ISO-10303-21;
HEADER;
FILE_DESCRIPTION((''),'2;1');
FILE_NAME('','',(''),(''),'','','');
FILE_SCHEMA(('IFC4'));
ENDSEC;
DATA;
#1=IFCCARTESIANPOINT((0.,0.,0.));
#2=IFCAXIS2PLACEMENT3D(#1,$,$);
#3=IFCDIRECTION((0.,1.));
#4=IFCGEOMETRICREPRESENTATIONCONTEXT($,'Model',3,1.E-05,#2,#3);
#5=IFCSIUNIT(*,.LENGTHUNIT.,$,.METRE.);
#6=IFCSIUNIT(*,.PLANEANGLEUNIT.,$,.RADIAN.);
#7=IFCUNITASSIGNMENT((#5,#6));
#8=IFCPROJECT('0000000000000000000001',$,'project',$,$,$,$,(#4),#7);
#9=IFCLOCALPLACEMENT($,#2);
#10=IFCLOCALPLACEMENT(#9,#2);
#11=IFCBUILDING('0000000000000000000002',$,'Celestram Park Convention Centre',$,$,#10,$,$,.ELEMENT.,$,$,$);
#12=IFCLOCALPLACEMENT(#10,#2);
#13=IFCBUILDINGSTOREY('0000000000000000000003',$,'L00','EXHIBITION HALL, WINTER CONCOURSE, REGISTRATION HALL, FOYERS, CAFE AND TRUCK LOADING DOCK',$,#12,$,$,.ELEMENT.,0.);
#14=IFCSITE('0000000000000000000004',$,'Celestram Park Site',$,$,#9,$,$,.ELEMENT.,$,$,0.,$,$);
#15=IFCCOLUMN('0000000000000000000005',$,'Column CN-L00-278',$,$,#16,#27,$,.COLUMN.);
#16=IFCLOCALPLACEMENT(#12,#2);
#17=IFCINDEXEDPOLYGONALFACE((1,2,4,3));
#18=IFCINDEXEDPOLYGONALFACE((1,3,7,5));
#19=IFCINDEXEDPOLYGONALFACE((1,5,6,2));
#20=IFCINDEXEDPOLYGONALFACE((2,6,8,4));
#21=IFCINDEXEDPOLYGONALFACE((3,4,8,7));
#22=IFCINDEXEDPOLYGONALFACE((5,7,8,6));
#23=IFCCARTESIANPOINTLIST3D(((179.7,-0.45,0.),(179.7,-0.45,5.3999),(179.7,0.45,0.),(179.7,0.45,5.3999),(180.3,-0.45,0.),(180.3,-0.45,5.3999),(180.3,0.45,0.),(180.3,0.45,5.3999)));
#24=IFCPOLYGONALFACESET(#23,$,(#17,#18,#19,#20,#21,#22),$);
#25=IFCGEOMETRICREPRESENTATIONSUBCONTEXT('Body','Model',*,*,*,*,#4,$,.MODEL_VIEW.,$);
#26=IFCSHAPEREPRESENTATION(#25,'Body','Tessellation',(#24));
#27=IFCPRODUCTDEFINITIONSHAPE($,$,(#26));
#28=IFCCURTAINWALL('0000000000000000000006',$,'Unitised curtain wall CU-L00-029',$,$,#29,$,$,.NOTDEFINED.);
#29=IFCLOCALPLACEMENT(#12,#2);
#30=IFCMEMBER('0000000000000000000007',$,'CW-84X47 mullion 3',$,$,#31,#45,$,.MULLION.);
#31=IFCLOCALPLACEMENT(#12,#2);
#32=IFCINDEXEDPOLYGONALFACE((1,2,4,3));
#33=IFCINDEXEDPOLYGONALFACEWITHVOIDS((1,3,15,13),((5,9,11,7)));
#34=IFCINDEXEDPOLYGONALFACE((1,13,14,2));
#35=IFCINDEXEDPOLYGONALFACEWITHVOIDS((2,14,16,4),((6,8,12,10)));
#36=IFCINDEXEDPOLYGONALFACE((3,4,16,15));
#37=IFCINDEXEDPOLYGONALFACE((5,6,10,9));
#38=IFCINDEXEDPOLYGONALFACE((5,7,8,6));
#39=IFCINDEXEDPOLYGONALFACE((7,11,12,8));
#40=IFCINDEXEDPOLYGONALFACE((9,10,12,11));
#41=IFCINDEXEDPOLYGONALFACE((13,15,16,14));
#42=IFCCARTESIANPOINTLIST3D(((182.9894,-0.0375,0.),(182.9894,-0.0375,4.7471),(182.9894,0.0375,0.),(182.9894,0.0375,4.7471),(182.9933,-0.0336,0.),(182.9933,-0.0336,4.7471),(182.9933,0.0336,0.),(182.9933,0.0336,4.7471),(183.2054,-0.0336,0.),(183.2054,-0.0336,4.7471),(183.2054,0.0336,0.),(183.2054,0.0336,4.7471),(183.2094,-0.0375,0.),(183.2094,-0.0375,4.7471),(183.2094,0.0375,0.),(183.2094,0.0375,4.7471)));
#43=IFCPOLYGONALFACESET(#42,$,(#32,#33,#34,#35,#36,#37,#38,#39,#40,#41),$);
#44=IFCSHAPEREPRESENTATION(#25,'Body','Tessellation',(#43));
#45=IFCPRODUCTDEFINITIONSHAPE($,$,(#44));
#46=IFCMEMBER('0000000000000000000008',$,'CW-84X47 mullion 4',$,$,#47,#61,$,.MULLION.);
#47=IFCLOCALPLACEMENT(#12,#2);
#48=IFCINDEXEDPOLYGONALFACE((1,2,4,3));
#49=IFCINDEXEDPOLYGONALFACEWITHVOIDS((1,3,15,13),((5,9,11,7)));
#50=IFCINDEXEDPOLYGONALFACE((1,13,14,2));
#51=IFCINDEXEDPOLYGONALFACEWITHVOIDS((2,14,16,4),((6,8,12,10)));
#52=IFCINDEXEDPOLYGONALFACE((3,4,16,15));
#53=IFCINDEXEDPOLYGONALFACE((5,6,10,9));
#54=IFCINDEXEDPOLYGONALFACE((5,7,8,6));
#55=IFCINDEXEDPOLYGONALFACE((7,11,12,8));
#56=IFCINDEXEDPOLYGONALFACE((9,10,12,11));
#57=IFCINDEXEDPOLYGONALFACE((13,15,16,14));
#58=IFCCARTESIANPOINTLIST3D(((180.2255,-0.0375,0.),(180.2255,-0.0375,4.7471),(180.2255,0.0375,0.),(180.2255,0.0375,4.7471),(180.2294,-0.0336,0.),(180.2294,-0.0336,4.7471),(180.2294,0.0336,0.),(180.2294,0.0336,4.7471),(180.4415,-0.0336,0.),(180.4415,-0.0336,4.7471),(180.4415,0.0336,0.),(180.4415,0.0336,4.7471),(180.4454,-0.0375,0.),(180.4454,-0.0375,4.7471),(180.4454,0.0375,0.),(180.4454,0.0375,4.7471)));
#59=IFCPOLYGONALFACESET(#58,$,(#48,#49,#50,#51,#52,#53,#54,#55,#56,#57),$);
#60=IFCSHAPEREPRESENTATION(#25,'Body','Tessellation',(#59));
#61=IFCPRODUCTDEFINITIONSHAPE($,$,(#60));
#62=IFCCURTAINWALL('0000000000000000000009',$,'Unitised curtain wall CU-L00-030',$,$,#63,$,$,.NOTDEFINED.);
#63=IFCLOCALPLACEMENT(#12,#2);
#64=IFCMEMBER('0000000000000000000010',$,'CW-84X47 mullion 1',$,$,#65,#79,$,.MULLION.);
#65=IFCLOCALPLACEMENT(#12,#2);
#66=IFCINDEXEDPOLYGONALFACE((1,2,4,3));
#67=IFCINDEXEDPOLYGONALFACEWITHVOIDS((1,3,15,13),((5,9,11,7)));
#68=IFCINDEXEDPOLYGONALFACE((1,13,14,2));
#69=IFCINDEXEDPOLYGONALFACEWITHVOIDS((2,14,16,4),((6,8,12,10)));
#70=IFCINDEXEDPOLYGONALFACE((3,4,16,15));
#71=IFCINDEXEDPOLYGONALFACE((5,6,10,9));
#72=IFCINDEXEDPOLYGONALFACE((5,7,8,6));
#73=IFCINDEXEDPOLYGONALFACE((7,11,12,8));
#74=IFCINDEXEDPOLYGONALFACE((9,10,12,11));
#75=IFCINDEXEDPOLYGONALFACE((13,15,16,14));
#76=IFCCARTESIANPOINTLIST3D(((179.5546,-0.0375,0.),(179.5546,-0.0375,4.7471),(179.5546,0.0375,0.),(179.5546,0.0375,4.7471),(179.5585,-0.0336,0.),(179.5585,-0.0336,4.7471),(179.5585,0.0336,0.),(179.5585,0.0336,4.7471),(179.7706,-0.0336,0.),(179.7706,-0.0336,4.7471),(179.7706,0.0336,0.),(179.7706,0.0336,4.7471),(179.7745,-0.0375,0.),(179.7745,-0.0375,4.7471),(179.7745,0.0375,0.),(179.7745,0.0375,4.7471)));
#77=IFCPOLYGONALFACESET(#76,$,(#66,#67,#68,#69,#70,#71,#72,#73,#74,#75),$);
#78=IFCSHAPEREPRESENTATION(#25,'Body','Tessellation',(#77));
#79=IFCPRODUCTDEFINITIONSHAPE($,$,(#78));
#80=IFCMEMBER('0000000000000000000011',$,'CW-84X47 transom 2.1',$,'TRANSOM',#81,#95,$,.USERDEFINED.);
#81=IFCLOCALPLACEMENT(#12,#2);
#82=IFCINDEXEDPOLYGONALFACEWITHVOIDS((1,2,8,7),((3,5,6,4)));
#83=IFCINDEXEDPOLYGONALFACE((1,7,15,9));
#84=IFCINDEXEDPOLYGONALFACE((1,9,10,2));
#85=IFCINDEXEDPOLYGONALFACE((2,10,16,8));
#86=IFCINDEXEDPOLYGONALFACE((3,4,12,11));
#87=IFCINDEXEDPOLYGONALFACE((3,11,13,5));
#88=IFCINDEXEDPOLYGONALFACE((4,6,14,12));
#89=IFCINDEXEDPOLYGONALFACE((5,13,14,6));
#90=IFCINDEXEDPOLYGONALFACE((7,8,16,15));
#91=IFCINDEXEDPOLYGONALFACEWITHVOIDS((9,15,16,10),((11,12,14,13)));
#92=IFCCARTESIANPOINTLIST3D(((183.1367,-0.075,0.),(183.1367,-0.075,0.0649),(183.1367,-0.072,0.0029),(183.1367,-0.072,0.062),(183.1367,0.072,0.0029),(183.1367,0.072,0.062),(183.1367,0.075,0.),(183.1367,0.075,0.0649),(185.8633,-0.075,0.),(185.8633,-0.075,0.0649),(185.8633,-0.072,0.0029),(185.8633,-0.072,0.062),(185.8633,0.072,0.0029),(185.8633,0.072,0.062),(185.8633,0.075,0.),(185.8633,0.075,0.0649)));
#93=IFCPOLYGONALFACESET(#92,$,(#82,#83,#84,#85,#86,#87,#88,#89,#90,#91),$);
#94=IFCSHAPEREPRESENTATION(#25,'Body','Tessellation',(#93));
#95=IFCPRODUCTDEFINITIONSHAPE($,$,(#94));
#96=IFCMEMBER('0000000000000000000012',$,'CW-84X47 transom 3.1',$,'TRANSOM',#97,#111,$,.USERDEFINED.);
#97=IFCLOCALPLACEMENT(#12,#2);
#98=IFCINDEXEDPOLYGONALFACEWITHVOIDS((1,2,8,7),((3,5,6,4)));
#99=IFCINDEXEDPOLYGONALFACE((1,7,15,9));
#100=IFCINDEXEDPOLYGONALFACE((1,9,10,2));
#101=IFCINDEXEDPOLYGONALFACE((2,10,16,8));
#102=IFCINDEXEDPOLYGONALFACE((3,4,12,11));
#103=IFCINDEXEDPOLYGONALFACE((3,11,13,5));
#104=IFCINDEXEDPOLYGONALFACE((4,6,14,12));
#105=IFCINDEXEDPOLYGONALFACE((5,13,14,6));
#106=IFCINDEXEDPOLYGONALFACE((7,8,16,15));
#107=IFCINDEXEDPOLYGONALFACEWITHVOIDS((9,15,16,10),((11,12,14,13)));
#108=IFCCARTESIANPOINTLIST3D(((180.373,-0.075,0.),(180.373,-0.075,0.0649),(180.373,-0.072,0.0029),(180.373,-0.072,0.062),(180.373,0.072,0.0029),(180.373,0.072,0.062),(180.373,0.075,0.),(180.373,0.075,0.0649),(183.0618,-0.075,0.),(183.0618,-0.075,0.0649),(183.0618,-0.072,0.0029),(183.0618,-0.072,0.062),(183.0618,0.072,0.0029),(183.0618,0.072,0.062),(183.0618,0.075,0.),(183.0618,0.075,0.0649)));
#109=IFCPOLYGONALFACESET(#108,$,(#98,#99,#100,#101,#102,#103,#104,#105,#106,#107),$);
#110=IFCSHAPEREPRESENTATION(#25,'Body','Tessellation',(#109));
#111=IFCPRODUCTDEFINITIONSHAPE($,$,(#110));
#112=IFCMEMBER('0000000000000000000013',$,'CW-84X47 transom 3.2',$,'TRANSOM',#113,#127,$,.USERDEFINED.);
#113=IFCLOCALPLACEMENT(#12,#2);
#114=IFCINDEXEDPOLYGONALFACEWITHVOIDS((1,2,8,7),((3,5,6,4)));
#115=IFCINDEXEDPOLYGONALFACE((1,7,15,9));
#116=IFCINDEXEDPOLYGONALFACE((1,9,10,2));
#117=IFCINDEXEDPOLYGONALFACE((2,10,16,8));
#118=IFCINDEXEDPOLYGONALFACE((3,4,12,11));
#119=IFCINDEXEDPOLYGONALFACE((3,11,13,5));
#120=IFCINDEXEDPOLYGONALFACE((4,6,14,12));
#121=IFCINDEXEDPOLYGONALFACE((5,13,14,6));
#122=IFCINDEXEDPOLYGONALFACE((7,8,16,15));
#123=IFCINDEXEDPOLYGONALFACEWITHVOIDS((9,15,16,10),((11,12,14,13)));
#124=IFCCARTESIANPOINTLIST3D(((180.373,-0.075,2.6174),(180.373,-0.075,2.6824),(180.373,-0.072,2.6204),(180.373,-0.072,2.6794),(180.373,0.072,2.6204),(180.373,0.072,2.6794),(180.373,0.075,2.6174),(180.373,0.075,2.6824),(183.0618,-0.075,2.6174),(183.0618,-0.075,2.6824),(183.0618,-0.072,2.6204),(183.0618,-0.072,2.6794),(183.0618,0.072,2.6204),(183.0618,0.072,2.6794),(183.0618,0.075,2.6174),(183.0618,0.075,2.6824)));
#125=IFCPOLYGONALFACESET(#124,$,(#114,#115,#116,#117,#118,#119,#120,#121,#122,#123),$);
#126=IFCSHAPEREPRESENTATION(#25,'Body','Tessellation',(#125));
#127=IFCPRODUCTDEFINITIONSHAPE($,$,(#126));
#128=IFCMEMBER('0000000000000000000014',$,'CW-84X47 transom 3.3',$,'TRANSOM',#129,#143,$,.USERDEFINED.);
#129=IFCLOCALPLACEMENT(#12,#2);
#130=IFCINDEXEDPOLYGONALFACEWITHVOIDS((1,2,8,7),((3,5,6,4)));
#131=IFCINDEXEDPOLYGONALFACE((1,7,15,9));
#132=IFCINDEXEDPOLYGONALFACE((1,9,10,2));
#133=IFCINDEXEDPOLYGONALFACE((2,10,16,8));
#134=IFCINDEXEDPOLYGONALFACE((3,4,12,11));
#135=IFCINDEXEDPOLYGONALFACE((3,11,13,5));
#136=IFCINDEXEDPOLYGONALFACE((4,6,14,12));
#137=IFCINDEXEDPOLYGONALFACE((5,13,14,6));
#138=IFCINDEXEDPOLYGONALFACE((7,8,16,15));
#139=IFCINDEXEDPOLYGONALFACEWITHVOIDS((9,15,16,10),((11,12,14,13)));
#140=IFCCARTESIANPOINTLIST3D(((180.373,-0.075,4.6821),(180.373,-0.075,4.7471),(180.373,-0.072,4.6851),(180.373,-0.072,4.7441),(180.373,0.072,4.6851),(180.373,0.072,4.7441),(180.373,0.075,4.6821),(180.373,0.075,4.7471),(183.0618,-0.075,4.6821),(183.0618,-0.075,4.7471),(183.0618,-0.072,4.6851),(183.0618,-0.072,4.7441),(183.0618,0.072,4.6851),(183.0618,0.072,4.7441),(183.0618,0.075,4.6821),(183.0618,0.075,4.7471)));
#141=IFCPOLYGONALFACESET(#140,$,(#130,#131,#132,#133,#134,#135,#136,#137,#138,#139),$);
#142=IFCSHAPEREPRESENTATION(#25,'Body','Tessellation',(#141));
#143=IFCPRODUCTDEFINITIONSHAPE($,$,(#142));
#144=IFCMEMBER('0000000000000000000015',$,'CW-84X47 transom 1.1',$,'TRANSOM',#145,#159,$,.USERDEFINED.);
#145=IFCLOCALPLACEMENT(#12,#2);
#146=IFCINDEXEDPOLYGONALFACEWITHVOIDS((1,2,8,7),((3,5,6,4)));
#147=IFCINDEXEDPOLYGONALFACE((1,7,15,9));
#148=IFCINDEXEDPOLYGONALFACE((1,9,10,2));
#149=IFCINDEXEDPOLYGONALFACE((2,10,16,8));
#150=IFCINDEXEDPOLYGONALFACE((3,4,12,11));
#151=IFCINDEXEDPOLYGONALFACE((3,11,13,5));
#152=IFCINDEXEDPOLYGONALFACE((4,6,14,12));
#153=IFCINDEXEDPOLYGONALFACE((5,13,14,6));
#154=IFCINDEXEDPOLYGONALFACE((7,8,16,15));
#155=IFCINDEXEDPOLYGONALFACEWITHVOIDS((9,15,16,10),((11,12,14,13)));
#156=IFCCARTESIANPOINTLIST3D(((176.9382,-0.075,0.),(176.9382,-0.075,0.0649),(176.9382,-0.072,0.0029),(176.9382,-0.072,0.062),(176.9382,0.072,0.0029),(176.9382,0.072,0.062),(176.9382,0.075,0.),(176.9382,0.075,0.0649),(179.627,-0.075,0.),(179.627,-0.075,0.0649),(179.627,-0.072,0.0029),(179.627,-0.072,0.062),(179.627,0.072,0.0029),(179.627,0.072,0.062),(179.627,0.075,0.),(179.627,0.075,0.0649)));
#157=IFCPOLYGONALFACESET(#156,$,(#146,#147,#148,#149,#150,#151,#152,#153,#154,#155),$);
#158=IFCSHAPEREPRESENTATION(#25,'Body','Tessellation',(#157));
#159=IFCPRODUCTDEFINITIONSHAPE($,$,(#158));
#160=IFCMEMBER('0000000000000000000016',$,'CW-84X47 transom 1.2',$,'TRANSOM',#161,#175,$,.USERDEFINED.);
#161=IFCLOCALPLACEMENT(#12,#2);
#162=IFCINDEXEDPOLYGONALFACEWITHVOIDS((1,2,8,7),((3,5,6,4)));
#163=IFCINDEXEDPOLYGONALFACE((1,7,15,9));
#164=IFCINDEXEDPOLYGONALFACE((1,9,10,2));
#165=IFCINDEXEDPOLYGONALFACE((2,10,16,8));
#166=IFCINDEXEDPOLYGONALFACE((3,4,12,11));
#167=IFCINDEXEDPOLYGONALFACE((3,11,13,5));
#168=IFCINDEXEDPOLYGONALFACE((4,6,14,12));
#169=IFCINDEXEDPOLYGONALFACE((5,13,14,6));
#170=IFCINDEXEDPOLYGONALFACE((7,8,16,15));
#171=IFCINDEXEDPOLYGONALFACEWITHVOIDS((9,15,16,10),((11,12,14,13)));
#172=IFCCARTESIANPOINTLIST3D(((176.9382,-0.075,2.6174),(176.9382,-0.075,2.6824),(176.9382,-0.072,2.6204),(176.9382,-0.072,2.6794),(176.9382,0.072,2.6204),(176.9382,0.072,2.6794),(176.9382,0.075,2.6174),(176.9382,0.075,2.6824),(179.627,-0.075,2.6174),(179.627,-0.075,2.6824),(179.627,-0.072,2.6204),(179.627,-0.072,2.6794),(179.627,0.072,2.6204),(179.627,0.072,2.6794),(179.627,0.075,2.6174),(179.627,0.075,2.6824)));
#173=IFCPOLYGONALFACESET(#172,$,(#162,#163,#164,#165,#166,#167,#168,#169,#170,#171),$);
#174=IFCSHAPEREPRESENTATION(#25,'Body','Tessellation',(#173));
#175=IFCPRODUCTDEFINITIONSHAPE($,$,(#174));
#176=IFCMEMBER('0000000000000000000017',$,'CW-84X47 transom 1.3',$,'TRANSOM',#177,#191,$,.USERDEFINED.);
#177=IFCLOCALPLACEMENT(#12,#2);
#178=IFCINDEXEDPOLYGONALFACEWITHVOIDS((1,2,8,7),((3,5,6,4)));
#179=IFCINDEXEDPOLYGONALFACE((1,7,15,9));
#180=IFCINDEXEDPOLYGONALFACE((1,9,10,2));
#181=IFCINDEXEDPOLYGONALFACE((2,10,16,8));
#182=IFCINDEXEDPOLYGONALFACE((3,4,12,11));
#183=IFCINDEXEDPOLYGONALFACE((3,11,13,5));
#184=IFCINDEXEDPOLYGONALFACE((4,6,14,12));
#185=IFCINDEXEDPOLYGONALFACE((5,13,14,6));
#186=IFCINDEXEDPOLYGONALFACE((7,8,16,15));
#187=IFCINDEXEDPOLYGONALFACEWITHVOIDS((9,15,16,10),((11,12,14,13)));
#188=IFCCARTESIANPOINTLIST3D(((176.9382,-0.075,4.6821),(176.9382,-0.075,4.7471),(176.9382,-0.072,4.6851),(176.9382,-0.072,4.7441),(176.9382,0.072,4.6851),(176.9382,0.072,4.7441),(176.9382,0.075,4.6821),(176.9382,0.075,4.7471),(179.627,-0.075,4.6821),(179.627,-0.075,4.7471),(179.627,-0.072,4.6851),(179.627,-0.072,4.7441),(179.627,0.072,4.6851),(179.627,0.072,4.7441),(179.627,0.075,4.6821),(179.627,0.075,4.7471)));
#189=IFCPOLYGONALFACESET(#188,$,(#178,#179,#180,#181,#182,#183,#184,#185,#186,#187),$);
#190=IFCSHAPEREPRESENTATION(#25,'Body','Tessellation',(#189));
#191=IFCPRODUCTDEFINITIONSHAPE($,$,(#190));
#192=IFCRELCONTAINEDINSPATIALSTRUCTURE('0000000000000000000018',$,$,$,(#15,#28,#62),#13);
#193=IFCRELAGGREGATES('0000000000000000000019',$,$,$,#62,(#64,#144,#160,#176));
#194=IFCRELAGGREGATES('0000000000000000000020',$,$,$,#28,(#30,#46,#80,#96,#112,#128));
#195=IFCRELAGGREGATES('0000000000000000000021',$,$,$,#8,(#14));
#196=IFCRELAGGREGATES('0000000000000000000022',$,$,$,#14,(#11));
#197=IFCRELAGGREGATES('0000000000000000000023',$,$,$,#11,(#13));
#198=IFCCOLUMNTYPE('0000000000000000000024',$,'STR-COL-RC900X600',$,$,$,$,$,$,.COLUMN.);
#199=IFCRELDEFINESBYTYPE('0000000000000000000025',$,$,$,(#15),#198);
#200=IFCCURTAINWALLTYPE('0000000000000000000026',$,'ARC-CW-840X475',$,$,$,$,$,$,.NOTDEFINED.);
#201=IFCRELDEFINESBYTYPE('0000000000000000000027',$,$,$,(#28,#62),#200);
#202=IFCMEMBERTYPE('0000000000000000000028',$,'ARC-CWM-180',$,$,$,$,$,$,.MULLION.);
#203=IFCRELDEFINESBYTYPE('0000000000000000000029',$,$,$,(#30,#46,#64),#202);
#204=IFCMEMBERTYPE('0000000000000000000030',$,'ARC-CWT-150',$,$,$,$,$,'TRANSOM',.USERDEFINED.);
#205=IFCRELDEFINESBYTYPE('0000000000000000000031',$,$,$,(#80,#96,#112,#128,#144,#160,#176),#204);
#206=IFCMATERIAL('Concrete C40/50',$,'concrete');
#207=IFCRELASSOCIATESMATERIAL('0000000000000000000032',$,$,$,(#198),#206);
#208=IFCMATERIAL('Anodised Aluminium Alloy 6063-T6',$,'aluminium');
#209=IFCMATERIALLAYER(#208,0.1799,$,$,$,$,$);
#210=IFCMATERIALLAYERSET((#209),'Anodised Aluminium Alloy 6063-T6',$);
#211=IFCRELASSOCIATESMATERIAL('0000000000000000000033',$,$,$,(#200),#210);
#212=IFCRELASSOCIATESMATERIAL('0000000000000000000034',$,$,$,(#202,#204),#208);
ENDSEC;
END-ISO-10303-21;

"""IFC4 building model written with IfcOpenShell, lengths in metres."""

from ifc_helpers import new_model, si_unit, direction, frame, origin, origin_2d, place, context, subcontext, project, spatial, rectangle, hollow_rectangle, extrude, material, layer, layer_set, material_profile, profile_set, type_object, element, aggregate, save


model = new_model("IFC4")

# Units and contexts
model_context = context("Model", 3, precision=1e-05, world=origin(), true_north=direction((0.0, 1.0)))
body_context = subcontext(model_context, "Body", "Model", "MODEL_VIEW")
ifc_project = project(units=[si_unit("LENGTHUNIT", "METRE"), si_unit("PLANEANGLEUNIT", "RADIAN")], contexts=[model_context])

# Site, building, storey
site_placement = place(None, origin())
site = spatial("IfcSite", under=ifc_project, at=site_placement, Name="Celestram Park Site", CompositionType="ELEMENT", RefElevation=0.0)
building_placement = place(site_placement, origin())
building = spatial("IfcBuilding", under=site, at=building_placement, Name="Celestram Park Convention Centre", CompositionType="ELEMENT")
storey_placement = place(building_placement, origin())
storey = spatial("IfcBuildingStorey", under=building, at=storey_placement, Name="L00", Description="EXHIBITION HALL, WINTER CONCOURSE, REGISTRATION HALL, FOYERS, CAFE AND TRUCK LOADING DOCK", CompositionType="ELEMENT", Elevation=0.0)

# Column
ifc_material_1 = material(Name="Concrete C40/50", Category="concrete")
ifc_material_profile_1 = material_profile(ifc_material_1, rectangle(XDim=0.6001, YDim=0.8999, at=origin_2d()), Name="RC900X600")
ifc_profile_set_1 = profile_set([ifc_material_profile_1], Name="Concrete C40/50")
column_type = type_object("IfcColumnType", Name="STR-COL-RC900X600", PredefinedType="COLUMN", material=ifc_profile_set_1)
column_placement = place(storey_placement, frame((180.0, 0.0, 0.0), z_axis=(0.0, 0.0, 1.0), x_axis=(1.0, 0.0, 0.0)))
element("IfcColumn", 1, at=column_placement, inside=storey, type_object=column_type, Name="Column CN-L00-278", PredefinedType="COLUMN", context=body_context, shape_type="SweptSolid", body=[
    extrude(rectangle(XDim=0.6001, YDim=0.8999, at=origin_2d()), origin(), (0.0, 0.0, 1.0), 5.3999),
])

# Curtain wall, members
ifc_material_2 = material(Name="Anodised Aluminium Alloy 6063-T6", Category="aluminium")
ifc_layer_1 = layer(ifc_material_2, 0.1799)
ifc_layer_set_1 = layer_set([ifc_layer_1], Name="Anodised Aluminium Alloy 6063-T6")
curtain_wall_type = type_object("IfcCurtainWallType", Name="ARC-CW-840X475", PredefinedType="NOTDEFINED", material=ifc_layer_set_1)
curtain_wall_1_placement = place(storey_placement, origin())
curtain_wall_1 = element("IfcCurtainWall", 2, at=curtain_wall_1_placement, inside=storey, type_object=curtain_wall_type, Name="Unitised curtain wall CU-L00-029", PredefinedType="NOTDEFINED")
ifc_material_profile_2 = material_profile(ifc_material_2, hollow_rectangle(XDim=0.075, YDim=0.22, WallThickness=0.0039, at=origin_2d()), Name="ALU75X220X4")
ifc_profile_set_2 = profile_set([ifc_material_profile_2], Name="Anodised Aluminium Alloy 6063-T6")
member_type_1 = type_object("IfcMemberType", Name="ARC-CWM-180", PredefinedType="MULLION", material=ifc_profile_set_2)
member_1_placement = place(storey_placement, frame((183.0994, 0.0, 0.0), z_axis=(0.0, 0.0, 1.0), x_axis=(0.0, -1.0, 0.0)))
member_1 = element("IfcMember", 3, at=member_1_placement, type_object=member_type_1, Name="CW-84X47 mullion 3", PredefinedType="MULLION", context=body_context, shape_type="SweptSolid", body=[
    extrude(hollow_rectangle(XDim=0.075, YDim=0.22, WallThickness=0.0039, at=origin_2d()), origin(), (0.0, 0.0, 1.0), 4.7471),
])
member_2_placement = place(storey_placement, frame((180.3354, 0.0, 0.0), z_axis=(0.0, 0.0, 1.0), x_axis=(0.0, -1.0, 0.0)))
member_2 = element("IfcMember", 4, at=member_2_placement, type_object=member_type_1, Name="CW-84X47 mullion 4", PredefinedType="MULLION", context=body_context, shape_type="SweptSolid", body=[
    extrude(hollow_rectangle(XDim=0.075, YDim=0.22, WallThickness=0.0039, at=origin_2d()), origin(), (0.0, 0.0, 1.0), 4.7471),
])

# Curtain wall, member
curtain_wall_2_placement = place(storey_placement, origin())
curtain_wall_2 = element("IfcCurtainWall", 5, at=curtain_wall_2_placement, inside=storey, type_object=curtain_wall_type, Name="Unitised curtain wall CU-L00-030", PredefinedType="NOTDEFINED")
member_3_placement = place(storey_placement, frame((179.6646, 0.0, 0.0), z_axis=(0.0, 0.0, 1.0), x_axis=(0.0, -1.0, 0.0)))
member_3 = element("IfcMember", 6, at=member_3_placement, type_object=member_type_1, Name="CW-84X47 mullion 1", PredefinedType="MULLION", context=body_context, shape_type="SweptSolid", body=[
    extrude(hollow_rectangle(XDim=0.075, YDim=0.22, WallThickness=0.0039, at=origin_2d()), origin(), (0.0, 0.0, 1.0), 4.7471),
])

# Members
ifc_material_profile_3 = material_profile(ifc_material_2, hollow_rectangle(XDim=0.1499, YDim=0.0649, WallThickness=0.0029, at=origin_2d()), Name="ALU150X65X3")
ifc_profile_set_3 = profile_set([ifc_material_profile_3], Name="Anodised Aluminium Alloy 6063-T6")
member_type_2 = type_object("IfcMemberType", Name="ARC-CWT-150", ElementType="TRANSOM", PredefinedType="USERDEFINED", material=ifc_profile_set_3)
member_4_placement = place(storey_placement, frame((185.8633, 0.0, 0.0325), z_axis=(-1.0, 0.0, 0.0), x_axis=(0.0, -1.0, 0.0)))
member_4 = element("IfcMember", 7, at=member_4_placement, type_object=member_type_2, Name="CW-84X47 transom 2.1", ObjectType="TRANSOM", PredefinedType="USERDEFINED", context=body_context, shape_type="SweptSolid", body=[
    extrude(hollow_rectangle(XDim=0.1499, YDim=0.0649, WallThickness=0.0029, at=origin_2d()), origin(), (0.0, 0.0, 1.0), 2.7266),
])
member_5_placement = place(storey_placement, frame((183.0618, 0.0, 0.0325), z_axis=(-1.0, 0.0, 0.0), x_axis=(0.0, -1.0, 0.0)))
member_5 = element("IfcMember", 8, at=member_5_placement, type_object=member_type_2, Name="CW-84X47 transom 3.1", ObjectType="TRANSOM", PredefinedType="USERDEFINED", context=body_context, shape_type="SweptSolid", body=[
    extrude(hollow_rectangle(XDim=0.1499, YDim=0.0649, WallThickness=0.0029, at=origin_2d()), origin(), (0.0, 0.0, 1.0), 2.6887),
])
member_6_placement = place(storey_placement, frame((183.0618, 0.0, 2.6499), z_axis=(-1.0, 0.0, 0.0), x_axis=(0.0, -1.0, 0.0)))
member_6 = element("IfcMember", 9, at=member_6_placement, type_object=member_type_2, Name="CW-84X47 transom 3.2", ObjectType="TRANSOM", PredefinedType="USERDEFINED", context=body_context, shape_type="SweptSolid", body=[
    extrude(hollow_rectangle(XDim=0.1499, YDim=0.0649, WallThickness=0.0029, at=origin_2d()), origin(), (0.0, 0.0, 1.0), 2.6887),
])
member_7_placement = place(storey_placement, frame((183.0618, 0.0, 4.7146), z_axis=(-1.0, 0.0, 0.0), x_axis=(0.0, -1.0, 0.0)))
member_7 = element("IfcMember", 10, at=member_7_placement, type_object=member_type_2, Name="CW-84X47 transom 3.3", ObjectType="TRANSOM", PredefinedType="USERDEFINED", context=body_context, shape_type="SweptSolid", body=[
    extrude(hollow_rectangle(XDim=0.1499, YDim=0.0649, WallThickness=0.0029, at=origin_2d()), origin(), (0.0, 0.0, 1.0), 2.6887),
])
member_8_placement = place(storey_placement, frame((179.627, 0.0, 0.0325), z_axis=(-1.0, 0.0, 0.0), x_axis=(0.0, -1.0, 0.0)))
member_8 = element("IfcMember", 11, at=member_8_placement, type_object=member_type_2, Name="CW-84X47 transom 1.1", ObjectType="TRANSOM", PredefinedType="USERDEFINED", context=body_context, shape_type="SweptSolid", body=[
    extrude(hollow_rectangle(XDim=0.1499, YDim=0.0649, WallThickness=0.0029, at=origin_2d()), origin(), (0.0, 0.0, 1.0), 2.6887),
])
member_9_placement = place(storey_placement, frame((179.627, 0.0, 2.6499), z_axis=(-1.0, 0.0, 0.0), x_axis=(0.0, -1.0, 0.0)))
member_9 = element("IfcMember", 12, at=member_9_placement, type_object=member_type_2, Name="CW-84X47 transom 1.2", ObjectType="TRANSOM", PredefinedType="USERDEFINED", context=body_context, shape_type="SweptSolid", body=[
    extrude(hollow_rectangle(XDim=0.1499, YDim=0.0649, WallThickness=0.0029, at=origin_2d()), origin(), (0.0, 0.0, 1.0), 2.6887),
])
member_10_placement = place(storey_placement, frame((179.627, 0.0, 4.7146), z_axis=(-1.0, 0.0, 0.0), x_axis=(0.0, -1.0, 0.0)))
member_10 = element("IfcMember", 13, at=member_10_placement, type_object=member_type_2, Name="CW-84X47 transom 1.3", ObjectType="TRANSOM", PredefinedType="USERDEFINED", context=body_context, shape_type="SweptSolid", body=[
    extrude(hollow_rectangle(XDim=0.1499, YDim=0.0649, WallThickness=0.0029, at=origin_2d()), origin(), (0.0, 0.0, 1.0), 2.6887),
])
aggregate(curtain_wall_2, [member_3, member_8, member_9, member_10])

aggregate(curtain_wall_1, [member_1, member_2, member_4, member_5, member_6, member_7])

save(model, "model.ifc")
